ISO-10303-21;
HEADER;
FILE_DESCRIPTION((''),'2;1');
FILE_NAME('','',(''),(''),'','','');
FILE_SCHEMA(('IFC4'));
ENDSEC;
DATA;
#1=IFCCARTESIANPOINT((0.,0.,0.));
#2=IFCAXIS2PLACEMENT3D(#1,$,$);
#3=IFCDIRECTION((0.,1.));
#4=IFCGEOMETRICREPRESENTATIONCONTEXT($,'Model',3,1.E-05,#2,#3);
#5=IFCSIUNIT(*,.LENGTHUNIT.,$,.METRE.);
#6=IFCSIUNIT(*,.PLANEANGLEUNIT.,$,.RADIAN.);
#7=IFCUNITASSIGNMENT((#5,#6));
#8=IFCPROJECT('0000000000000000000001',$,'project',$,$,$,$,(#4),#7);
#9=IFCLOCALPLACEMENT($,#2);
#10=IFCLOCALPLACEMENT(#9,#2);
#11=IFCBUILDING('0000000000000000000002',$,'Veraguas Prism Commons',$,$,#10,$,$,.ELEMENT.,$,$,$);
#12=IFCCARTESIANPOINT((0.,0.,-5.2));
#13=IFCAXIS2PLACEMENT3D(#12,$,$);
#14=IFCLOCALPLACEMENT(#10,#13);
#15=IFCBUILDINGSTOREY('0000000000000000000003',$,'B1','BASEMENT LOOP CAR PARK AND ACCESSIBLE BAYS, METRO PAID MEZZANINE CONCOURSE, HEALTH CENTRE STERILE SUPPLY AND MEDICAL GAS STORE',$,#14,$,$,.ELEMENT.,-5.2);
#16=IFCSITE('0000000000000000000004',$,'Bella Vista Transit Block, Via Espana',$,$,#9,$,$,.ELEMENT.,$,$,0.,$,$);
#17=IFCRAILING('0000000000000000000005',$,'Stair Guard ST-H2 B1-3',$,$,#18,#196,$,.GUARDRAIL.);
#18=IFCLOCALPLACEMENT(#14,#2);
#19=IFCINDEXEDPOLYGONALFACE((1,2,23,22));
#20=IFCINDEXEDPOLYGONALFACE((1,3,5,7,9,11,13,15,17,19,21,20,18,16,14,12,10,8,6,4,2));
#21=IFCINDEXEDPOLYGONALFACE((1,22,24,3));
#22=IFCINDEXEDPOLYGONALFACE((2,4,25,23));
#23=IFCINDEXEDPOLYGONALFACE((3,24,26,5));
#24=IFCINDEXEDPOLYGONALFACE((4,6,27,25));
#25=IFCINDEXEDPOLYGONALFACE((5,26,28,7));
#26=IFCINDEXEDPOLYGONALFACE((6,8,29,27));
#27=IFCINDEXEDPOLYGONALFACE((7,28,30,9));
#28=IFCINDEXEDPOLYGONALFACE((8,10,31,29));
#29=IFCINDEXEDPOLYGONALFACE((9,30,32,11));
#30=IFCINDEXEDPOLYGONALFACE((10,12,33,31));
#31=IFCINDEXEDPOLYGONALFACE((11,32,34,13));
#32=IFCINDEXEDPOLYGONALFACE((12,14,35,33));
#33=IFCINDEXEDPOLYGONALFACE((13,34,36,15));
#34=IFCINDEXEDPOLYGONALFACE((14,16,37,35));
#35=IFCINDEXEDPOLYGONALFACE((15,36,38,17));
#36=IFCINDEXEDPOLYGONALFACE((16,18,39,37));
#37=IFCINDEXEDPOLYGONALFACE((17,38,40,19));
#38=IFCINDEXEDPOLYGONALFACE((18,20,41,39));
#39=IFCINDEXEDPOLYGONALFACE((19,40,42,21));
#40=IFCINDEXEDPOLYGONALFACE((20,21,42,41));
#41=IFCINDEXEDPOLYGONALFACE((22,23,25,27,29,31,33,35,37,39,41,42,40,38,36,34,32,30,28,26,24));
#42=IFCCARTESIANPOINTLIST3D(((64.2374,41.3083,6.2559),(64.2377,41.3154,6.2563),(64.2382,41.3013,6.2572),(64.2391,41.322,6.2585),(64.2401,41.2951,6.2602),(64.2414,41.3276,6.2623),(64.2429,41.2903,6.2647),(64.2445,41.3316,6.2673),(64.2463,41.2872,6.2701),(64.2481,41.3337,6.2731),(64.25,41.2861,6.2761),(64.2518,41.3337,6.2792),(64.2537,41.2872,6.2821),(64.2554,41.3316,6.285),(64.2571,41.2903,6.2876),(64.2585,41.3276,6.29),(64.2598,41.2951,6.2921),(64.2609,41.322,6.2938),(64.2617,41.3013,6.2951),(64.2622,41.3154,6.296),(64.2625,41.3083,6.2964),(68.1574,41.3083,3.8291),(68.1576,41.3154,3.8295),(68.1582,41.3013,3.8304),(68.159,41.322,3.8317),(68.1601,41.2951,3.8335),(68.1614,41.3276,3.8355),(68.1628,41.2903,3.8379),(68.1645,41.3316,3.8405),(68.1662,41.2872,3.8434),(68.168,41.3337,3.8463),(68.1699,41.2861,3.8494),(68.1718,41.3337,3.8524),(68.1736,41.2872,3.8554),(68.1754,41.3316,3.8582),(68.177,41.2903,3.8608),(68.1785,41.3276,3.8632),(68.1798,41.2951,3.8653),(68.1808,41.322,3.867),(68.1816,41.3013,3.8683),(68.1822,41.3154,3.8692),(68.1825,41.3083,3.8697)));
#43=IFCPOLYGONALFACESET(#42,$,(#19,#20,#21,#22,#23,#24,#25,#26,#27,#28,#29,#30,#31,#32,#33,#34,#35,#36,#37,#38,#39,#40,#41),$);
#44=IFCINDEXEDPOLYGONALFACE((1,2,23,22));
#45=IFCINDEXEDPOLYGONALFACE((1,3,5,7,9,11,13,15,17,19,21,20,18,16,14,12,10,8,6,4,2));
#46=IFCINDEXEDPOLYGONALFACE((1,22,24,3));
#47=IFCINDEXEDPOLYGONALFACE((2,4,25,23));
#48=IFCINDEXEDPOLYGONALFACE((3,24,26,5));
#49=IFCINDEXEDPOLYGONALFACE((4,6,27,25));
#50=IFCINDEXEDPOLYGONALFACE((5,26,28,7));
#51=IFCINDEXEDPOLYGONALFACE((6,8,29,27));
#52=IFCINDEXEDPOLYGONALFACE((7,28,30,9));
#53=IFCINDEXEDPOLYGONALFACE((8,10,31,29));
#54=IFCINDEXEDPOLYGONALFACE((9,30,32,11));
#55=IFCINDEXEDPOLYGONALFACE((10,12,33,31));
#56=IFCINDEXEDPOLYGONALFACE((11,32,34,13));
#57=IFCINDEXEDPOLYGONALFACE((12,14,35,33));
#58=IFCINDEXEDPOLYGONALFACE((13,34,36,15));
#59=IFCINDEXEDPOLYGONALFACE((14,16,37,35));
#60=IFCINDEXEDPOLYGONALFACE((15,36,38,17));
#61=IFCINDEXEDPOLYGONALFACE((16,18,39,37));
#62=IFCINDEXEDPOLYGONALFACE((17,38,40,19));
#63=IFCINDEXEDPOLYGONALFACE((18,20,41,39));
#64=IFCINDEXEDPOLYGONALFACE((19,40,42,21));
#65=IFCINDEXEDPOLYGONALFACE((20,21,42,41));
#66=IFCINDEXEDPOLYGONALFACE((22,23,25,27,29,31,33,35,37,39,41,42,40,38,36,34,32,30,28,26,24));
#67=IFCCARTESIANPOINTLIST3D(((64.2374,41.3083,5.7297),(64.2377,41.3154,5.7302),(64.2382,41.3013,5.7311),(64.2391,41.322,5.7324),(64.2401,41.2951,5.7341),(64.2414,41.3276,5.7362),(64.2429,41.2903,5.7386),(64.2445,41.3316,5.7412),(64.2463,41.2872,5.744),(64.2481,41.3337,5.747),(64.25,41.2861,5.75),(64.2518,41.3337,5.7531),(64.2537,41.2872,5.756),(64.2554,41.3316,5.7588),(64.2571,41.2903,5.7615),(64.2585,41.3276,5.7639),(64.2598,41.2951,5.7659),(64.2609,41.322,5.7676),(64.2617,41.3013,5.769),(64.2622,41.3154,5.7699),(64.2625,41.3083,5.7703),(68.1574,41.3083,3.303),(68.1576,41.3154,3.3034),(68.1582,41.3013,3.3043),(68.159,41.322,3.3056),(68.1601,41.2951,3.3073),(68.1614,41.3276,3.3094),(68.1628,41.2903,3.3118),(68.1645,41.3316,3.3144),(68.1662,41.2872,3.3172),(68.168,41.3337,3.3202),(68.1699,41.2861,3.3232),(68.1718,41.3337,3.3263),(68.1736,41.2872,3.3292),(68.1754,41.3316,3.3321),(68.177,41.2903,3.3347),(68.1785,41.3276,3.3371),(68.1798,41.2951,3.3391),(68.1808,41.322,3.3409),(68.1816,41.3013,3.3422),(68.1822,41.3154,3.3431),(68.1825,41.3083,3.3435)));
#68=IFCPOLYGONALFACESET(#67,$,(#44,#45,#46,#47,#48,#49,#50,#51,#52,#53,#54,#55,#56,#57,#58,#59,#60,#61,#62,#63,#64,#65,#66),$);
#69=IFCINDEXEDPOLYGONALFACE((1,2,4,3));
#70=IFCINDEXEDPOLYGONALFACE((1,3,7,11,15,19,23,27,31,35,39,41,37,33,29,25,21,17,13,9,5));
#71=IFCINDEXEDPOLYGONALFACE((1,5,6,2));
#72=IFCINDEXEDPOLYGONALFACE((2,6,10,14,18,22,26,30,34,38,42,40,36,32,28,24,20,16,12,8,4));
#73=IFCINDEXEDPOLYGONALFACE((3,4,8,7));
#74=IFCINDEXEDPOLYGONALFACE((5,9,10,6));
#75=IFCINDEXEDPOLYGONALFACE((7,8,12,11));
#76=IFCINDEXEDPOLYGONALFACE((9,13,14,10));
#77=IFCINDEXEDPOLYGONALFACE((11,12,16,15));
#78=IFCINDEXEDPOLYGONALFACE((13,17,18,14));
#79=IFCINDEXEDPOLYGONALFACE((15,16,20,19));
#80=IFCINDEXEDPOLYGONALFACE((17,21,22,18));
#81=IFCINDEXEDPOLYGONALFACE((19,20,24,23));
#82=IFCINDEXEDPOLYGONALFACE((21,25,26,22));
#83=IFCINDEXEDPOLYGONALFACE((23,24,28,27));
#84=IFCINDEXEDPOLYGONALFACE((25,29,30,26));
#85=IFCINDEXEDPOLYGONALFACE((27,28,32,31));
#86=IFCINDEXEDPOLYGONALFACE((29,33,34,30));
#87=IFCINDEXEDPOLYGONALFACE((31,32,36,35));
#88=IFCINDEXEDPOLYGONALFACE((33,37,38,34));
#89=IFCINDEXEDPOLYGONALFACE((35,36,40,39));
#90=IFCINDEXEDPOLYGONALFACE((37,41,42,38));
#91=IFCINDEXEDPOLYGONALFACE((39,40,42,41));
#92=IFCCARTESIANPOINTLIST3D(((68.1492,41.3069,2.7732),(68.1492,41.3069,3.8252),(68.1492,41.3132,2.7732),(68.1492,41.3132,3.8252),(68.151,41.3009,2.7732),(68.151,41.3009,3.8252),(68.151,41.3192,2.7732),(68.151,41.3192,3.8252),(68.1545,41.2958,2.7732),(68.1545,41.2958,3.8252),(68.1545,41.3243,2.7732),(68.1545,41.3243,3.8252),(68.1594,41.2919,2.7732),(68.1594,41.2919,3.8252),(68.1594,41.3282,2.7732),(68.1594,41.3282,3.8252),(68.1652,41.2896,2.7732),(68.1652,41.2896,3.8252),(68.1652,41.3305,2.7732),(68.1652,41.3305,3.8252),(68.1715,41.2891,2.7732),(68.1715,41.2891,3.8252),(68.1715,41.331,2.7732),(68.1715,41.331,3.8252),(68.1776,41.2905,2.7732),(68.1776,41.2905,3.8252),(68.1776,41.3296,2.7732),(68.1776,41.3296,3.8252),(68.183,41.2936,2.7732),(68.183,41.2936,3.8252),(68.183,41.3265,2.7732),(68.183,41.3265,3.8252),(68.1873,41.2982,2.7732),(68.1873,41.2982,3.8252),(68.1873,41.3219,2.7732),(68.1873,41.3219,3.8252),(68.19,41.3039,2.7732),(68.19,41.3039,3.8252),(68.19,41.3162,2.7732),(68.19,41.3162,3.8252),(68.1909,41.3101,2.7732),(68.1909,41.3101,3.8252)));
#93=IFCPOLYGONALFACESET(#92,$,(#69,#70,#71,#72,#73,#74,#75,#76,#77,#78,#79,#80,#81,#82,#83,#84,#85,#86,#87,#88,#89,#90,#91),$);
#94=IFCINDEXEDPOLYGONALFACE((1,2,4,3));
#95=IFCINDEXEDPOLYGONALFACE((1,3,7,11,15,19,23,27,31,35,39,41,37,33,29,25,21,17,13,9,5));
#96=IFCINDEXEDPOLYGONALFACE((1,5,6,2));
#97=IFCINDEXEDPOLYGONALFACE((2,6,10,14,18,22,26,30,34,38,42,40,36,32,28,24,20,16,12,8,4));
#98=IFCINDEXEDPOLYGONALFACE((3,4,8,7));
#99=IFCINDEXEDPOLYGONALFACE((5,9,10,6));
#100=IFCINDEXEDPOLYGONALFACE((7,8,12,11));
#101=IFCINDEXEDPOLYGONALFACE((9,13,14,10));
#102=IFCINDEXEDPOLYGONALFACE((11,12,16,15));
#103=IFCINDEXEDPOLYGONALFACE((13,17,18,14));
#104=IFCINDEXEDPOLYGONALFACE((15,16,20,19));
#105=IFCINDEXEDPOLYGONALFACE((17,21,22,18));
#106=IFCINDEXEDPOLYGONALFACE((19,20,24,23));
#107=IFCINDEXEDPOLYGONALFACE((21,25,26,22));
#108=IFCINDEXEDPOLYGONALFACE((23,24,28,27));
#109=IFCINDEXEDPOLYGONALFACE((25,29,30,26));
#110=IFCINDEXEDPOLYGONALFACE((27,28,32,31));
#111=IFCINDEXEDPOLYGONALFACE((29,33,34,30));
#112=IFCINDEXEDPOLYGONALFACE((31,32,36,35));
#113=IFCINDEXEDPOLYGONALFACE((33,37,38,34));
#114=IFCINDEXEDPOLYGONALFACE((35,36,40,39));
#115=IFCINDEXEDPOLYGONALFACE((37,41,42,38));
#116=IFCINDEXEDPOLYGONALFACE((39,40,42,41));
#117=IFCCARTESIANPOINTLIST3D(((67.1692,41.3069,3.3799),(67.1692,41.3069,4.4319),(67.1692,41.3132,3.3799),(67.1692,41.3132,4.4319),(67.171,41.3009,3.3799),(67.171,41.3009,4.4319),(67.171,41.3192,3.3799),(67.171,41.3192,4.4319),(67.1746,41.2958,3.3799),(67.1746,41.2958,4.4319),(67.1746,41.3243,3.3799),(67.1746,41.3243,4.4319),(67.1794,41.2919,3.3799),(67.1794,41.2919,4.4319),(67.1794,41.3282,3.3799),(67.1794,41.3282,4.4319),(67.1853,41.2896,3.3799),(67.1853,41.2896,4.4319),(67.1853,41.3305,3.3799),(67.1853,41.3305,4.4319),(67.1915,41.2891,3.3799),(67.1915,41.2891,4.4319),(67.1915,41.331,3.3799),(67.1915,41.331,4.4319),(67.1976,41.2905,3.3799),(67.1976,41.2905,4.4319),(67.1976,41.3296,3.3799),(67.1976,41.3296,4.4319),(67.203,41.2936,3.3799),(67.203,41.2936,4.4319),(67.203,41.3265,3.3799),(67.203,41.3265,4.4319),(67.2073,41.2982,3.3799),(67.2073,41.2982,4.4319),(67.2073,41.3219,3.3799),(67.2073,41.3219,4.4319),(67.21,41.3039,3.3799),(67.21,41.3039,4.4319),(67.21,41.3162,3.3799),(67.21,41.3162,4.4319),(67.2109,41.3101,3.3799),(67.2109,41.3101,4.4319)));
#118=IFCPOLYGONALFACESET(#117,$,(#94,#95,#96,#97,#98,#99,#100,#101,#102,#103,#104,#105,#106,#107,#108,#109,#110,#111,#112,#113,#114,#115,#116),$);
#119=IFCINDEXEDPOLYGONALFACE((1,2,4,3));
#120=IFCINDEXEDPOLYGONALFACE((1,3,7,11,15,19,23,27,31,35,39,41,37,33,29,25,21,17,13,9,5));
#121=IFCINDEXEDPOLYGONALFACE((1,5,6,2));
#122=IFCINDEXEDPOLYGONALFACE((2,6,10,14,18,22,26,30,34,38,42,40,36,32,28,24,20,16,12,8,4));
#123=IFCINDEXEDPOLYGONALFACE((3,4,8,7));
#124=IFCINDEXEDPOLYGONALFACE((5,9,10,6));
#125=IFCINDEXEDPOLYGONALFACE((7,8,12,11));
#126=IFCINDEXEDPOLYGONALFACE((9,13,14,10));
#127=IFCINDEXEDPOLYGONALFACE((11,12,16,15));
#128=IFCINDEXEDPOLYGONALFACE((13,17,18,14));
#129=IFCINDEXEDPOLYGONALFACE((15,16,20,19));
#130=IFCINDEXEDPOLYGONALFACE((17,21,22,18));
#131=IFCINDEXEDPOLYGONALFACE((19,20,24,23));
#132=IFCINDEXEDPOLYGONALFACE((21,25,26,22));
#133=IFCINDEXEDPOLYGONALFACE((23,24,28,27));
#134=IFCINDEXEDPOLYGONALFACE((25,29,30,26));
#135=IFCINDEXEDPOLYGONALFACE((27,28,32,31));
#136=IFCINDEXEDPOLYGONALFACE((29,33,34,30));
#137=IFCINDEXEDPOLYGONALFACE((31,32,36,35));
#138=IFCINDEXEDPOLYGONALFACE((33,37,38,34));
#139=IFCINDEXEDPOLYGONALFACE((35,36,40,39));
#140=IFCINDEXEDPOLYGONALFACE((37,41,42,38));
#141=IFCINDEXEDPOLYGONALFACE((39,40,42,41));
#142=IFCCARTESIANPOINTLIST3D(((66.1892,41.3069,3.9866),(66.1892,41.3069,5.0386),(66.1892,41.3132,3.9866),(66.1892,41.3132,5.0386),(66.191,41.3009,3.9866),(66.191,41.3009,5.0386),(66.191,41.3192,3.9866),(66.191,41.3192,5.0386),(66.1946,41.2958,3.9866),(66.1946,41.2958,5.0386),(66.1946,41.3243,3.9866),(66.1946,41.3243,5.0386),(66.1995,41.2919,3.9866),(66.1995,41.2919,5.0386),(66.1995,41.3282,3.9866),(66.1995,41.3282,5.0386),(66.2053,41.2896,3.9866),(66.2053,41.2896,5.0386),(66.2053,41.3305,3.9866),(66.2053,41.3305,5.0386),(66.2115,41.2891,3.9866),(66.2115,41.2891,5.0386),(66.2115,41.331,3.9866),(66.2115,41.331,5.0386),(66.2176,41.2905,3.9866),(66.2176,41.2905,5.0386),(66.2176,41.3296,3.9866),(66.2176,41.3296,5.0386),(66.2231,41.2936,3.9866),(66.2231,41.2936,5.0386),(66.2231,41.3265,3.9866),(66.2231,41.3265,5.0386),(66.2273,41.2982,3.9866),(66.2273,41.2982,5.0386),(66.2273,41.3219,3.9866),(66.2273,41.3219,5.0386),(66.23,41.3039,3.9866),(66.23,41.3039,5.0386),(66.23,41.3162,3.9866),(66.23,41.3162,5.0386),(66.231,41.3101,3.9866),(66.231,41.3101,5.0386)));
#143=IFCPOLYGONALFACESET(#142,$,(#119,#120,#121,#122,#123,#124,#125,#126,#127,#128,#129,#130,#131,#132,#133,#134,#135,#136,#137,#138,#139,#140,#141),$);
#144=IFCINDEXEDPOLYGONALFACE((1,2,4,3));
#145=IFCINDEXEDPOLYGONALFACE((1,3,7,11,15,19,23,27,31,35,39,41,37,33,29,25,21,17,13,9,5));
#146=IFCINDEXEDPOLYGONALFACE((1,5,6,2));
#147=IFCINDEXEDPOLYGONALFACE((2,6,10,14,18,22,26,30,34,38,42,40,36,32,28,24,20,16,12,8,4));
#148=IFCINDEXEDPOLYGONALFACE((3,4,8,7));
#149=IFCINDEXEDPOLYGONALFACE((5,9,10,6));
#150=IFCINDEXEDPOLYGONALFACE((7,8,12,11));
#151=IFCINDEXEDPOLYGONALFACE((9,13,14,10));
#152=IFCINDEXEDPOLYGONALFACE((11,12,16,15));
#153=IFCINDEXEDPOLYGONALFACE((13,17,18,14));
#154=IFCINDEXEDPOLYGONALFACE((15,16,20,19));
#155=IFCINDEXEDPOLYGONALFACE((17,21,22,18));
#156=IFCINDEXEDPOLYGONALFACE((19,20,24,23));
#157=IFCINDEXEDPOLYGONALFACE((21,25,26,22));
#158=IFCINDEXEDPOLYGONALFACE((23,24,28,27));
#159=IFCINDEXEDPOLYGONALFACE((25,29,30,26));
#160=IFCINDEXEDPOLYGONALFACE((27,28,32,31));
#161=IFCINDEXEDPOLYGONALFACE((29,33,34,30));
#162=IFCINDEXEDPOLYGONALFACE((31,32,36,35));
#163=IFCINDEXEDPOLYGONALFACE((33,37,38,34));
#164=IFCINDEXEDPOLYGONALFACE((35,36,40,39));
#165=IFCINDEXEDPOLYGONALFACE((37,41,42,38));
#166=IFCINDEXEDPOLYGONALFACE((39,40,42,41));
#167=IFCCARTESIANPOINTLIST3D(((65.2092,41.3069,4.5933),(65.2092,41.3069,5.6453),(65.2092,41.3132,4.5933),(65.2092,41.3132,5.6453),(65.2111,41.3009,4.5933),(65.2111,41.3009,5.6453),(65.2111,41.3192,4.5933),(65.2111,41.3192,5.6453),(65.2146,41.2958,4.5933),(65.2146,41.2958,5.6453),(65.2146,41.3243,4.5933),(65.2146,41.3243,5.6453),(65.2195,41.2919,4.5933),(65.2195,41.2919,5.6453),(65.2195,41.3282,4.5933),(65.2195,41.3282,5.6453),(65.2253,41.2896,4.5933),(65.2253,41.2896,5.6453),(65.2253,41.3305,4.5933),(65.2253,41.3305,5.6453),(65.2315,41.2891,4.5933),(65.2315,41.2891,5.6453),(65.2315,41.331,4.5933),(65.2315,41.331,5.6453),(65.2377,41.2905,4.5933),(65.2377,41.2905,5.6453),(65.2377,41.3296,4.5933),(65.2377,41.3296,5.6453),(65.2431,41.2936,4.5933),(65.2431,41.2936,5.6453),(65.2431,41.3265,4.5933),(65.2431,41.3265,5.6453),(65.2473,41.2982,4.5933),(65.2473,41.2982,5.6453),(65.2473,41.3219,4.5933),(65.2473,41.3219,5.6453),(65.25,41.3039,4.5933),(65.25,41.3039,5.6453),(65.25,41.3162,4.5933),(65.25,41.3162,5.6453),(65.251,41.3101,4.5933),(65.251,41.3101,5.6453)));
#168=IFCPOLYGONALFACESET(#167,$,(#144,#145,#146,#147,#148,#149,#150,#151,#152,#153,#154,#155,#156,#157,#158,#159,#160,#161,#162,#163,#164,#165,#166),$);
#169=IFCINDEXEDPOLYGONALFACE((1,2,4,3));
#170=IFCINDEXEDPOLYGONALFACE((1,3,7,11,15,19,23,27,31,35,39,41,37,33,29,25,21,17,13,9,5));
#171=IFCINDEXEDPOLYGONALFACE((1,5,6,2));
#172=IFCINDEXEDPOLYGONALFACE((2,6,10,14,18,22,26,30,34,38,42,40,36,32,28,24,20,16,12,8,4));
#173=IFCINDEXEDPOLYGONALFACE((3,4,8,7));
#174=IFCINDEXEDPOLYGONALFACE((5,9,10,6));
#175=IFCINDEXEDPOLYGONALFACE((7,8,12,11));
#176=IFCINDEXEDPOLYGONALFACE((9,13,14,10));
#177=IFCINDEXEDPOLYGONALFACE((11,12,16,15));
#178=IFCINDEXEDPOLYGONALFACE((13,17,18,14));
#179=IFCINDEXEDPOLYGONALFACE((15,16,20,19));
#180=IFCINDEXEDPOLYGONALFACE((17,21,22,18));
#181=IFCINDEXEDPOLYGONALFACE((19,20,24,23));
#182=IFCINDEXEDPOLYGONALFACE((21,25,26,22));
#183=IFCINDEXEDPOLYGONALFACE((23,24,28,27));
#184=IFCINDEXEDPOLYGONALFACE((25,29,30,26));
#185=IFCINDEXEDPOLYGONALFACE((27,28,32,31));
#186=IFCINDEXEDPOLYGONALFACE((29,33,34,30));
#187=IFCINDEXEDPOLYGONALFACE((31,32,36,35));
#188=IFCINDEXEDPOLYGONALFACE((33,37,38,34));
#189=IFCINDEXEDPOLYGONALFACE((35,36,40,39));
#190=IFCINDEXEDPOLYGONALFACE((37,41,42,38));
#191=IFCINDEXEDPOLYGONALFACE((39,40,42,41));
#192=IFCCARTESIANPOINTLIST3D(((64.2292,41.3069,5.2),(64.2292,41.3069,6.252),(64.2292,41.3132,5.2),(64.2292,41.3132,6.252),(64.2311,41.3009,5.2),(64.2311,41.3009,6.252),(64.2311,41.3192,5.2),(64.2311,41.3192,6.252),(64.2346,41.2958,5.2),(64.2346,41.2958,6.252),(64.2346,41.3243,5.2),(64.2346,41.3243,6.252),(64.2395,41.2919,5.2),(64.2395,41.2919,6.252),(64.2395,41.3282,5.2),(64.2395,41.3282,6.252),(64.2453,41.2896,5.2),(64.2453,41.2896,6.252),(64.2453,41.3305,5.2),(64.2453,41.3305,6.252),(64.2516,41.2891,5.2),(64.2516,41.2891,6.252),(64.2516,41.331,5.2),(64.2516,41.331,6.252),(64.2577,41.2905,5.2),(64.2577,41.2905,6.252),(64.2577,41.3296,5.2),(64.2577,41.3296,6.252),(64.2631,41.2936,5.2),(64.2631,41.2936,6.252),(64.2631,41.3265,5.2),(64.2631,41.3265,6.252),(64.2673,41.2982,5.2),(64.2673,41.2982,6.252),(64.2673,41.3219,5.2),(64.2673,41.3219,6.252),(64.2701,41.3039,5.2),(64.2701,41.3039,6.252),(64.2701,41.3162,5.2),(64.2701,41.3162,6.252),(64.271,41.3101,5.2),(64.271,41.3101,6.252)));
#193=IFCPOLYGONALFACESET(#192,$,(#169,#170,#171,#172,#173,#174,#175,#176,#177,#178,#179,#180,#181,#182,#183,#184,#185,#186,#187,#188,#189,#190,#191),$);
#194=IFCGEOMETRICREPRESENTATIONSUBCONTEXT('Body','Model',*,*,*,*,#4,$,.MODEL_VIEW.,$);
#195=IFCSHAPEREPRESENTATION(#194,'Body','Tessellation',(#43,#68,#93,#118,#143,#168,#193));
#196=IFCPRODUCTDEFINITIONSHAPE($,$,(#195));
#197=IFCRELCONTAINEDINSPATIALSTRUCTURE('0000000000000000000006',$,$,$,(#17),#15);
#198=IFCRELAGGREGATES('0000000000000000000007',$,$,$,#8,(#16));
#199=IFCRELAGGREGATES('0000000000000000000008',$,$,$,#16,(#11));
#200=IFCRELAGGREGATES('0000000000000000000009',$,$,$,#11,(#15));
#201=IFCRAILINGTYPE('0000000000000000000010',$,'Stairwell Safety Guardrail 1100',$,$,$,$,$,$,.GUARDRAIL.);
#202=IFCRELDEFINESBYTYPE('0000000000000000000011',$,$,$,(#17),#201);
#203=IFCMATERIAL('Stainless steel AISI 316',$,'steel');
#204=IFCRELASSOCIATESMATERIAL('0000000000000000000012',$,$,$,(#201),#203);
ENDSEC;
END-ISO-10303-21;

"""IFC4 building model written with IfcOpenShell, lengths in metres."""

from ifc_helpers import new_model, si_unit, direction, frame, origin, origin_2d, place, context, subcontext, project, spatial, circle, extrude, material, type_object, element, save


model = new_model("IFC4")

# Units and contexts
model_context = context("Model", 3, precision=1e-05, world=origin(), true_north=direction((0.0, 1.0)))
body_context = subcontext(model_context, "Body", "Model", "MODEL_VIEW")
ifc_project = project(units=[si_unit("LENGTHUNIT", "METRE"), si_unit("PLANEANGLEUNIT", "RADIAN")], contexts=[model_context])

# Site, building, storey
site_placement = place(None, origin())
site = spatial("IfcSite", under=ifc_project, at=site_placement, Name="Bella Vista Transit Block, Via Espana", CompositionType="ELEMENT", RefElevation=0.0)
building_placement = place(site_placement, origin())
building = spatial("IfcBuilding", under=site, at=building_placement, Name="Veraguas Prism Commons", CompositionType="ELEMENT")
storey_placement = place(building_placement, frame((0.0, 0.0, -5.2)))
storey = spatial("IfcBuildingStorey", under=building, at=storey_placement, Name="B1", Description="BASEMENT LOOP CAR PARK AND ACCESSIBLE BAYS, METRO PAID MEZZANINE CONCOURSE, HEALTH CENTRE STERILE SUPPLY AND MEDICAL GAS STORE", CompositionType="ELEMENT", Elevation=-5.2)

# Railing
ifc_material_1 = material(Name="Stainless steel AISI 316", Category="steel")
railing_type_1 = type_object("IfcRailingType", Name="Stairwell Safety Guardrail 1100", PredefinedType="GUARDRAIL", material=ifc_material_1)
railing_1_placement = place(storey_placement, frame((68.1699, 41.3101, 2.7732)))
element("IfcRailing", 1, at=railing_1_placement, inside=storey, type_object=railing_type_1, Name="Stair Guard ST-H2 B1-3", PredefinedType="GUARDRAIL", context=body_context, shape_type="SweptSolid", body=[
    extrude(circle(Radius=0.0239, at=origin_2d()), frame((0.0, 0.0, 1.0762), z_axis=(-0.850252, 0.0, 0.526376), x_axis=(0.0, -1.0, 0.0)), (0.0, 0.0, 1.0), 4.6104),
    extrude(circle(Radius=0.0239, at=origin_2d()), frame((0.0, 0.0, 0.55), z_axis=(-0.850252, 0.0, 0.526376), x_axis=(0.0, -1.0, 0.0)), (0.0, 0.0, 1.0), 4.6104),
    extrude(circle(Radius=0.021, at=origin_2d()), origin(), (0.0, 0.0, 1.0), 1.052),
    extrude(circle(Radius=0.021, at=origin_2d()), frame((-0.98, 0.0, 0.6067)), (0.0, 0.0, 1.0), 1.052),
    extrude(circle(Radius=0.021, at=origin_2d()), frame((-1.96, 0.0, 1.2134)), (0.0, 0.0, 1.0), 1.052),
    extrude(circle(Radius=0.021, at=origin_2d()), frame((-2.9399, 0.0, 1.8201)), (0.0, 0.0, 1.0), 1.052),
    extrude(circle(Radius=0.021, at=origin_2d()), frame((-3.9199, 0.0, 2.4268)), (0.0, 0.0, 1.0), 1.052),
])

save(model, "model.ifc")
